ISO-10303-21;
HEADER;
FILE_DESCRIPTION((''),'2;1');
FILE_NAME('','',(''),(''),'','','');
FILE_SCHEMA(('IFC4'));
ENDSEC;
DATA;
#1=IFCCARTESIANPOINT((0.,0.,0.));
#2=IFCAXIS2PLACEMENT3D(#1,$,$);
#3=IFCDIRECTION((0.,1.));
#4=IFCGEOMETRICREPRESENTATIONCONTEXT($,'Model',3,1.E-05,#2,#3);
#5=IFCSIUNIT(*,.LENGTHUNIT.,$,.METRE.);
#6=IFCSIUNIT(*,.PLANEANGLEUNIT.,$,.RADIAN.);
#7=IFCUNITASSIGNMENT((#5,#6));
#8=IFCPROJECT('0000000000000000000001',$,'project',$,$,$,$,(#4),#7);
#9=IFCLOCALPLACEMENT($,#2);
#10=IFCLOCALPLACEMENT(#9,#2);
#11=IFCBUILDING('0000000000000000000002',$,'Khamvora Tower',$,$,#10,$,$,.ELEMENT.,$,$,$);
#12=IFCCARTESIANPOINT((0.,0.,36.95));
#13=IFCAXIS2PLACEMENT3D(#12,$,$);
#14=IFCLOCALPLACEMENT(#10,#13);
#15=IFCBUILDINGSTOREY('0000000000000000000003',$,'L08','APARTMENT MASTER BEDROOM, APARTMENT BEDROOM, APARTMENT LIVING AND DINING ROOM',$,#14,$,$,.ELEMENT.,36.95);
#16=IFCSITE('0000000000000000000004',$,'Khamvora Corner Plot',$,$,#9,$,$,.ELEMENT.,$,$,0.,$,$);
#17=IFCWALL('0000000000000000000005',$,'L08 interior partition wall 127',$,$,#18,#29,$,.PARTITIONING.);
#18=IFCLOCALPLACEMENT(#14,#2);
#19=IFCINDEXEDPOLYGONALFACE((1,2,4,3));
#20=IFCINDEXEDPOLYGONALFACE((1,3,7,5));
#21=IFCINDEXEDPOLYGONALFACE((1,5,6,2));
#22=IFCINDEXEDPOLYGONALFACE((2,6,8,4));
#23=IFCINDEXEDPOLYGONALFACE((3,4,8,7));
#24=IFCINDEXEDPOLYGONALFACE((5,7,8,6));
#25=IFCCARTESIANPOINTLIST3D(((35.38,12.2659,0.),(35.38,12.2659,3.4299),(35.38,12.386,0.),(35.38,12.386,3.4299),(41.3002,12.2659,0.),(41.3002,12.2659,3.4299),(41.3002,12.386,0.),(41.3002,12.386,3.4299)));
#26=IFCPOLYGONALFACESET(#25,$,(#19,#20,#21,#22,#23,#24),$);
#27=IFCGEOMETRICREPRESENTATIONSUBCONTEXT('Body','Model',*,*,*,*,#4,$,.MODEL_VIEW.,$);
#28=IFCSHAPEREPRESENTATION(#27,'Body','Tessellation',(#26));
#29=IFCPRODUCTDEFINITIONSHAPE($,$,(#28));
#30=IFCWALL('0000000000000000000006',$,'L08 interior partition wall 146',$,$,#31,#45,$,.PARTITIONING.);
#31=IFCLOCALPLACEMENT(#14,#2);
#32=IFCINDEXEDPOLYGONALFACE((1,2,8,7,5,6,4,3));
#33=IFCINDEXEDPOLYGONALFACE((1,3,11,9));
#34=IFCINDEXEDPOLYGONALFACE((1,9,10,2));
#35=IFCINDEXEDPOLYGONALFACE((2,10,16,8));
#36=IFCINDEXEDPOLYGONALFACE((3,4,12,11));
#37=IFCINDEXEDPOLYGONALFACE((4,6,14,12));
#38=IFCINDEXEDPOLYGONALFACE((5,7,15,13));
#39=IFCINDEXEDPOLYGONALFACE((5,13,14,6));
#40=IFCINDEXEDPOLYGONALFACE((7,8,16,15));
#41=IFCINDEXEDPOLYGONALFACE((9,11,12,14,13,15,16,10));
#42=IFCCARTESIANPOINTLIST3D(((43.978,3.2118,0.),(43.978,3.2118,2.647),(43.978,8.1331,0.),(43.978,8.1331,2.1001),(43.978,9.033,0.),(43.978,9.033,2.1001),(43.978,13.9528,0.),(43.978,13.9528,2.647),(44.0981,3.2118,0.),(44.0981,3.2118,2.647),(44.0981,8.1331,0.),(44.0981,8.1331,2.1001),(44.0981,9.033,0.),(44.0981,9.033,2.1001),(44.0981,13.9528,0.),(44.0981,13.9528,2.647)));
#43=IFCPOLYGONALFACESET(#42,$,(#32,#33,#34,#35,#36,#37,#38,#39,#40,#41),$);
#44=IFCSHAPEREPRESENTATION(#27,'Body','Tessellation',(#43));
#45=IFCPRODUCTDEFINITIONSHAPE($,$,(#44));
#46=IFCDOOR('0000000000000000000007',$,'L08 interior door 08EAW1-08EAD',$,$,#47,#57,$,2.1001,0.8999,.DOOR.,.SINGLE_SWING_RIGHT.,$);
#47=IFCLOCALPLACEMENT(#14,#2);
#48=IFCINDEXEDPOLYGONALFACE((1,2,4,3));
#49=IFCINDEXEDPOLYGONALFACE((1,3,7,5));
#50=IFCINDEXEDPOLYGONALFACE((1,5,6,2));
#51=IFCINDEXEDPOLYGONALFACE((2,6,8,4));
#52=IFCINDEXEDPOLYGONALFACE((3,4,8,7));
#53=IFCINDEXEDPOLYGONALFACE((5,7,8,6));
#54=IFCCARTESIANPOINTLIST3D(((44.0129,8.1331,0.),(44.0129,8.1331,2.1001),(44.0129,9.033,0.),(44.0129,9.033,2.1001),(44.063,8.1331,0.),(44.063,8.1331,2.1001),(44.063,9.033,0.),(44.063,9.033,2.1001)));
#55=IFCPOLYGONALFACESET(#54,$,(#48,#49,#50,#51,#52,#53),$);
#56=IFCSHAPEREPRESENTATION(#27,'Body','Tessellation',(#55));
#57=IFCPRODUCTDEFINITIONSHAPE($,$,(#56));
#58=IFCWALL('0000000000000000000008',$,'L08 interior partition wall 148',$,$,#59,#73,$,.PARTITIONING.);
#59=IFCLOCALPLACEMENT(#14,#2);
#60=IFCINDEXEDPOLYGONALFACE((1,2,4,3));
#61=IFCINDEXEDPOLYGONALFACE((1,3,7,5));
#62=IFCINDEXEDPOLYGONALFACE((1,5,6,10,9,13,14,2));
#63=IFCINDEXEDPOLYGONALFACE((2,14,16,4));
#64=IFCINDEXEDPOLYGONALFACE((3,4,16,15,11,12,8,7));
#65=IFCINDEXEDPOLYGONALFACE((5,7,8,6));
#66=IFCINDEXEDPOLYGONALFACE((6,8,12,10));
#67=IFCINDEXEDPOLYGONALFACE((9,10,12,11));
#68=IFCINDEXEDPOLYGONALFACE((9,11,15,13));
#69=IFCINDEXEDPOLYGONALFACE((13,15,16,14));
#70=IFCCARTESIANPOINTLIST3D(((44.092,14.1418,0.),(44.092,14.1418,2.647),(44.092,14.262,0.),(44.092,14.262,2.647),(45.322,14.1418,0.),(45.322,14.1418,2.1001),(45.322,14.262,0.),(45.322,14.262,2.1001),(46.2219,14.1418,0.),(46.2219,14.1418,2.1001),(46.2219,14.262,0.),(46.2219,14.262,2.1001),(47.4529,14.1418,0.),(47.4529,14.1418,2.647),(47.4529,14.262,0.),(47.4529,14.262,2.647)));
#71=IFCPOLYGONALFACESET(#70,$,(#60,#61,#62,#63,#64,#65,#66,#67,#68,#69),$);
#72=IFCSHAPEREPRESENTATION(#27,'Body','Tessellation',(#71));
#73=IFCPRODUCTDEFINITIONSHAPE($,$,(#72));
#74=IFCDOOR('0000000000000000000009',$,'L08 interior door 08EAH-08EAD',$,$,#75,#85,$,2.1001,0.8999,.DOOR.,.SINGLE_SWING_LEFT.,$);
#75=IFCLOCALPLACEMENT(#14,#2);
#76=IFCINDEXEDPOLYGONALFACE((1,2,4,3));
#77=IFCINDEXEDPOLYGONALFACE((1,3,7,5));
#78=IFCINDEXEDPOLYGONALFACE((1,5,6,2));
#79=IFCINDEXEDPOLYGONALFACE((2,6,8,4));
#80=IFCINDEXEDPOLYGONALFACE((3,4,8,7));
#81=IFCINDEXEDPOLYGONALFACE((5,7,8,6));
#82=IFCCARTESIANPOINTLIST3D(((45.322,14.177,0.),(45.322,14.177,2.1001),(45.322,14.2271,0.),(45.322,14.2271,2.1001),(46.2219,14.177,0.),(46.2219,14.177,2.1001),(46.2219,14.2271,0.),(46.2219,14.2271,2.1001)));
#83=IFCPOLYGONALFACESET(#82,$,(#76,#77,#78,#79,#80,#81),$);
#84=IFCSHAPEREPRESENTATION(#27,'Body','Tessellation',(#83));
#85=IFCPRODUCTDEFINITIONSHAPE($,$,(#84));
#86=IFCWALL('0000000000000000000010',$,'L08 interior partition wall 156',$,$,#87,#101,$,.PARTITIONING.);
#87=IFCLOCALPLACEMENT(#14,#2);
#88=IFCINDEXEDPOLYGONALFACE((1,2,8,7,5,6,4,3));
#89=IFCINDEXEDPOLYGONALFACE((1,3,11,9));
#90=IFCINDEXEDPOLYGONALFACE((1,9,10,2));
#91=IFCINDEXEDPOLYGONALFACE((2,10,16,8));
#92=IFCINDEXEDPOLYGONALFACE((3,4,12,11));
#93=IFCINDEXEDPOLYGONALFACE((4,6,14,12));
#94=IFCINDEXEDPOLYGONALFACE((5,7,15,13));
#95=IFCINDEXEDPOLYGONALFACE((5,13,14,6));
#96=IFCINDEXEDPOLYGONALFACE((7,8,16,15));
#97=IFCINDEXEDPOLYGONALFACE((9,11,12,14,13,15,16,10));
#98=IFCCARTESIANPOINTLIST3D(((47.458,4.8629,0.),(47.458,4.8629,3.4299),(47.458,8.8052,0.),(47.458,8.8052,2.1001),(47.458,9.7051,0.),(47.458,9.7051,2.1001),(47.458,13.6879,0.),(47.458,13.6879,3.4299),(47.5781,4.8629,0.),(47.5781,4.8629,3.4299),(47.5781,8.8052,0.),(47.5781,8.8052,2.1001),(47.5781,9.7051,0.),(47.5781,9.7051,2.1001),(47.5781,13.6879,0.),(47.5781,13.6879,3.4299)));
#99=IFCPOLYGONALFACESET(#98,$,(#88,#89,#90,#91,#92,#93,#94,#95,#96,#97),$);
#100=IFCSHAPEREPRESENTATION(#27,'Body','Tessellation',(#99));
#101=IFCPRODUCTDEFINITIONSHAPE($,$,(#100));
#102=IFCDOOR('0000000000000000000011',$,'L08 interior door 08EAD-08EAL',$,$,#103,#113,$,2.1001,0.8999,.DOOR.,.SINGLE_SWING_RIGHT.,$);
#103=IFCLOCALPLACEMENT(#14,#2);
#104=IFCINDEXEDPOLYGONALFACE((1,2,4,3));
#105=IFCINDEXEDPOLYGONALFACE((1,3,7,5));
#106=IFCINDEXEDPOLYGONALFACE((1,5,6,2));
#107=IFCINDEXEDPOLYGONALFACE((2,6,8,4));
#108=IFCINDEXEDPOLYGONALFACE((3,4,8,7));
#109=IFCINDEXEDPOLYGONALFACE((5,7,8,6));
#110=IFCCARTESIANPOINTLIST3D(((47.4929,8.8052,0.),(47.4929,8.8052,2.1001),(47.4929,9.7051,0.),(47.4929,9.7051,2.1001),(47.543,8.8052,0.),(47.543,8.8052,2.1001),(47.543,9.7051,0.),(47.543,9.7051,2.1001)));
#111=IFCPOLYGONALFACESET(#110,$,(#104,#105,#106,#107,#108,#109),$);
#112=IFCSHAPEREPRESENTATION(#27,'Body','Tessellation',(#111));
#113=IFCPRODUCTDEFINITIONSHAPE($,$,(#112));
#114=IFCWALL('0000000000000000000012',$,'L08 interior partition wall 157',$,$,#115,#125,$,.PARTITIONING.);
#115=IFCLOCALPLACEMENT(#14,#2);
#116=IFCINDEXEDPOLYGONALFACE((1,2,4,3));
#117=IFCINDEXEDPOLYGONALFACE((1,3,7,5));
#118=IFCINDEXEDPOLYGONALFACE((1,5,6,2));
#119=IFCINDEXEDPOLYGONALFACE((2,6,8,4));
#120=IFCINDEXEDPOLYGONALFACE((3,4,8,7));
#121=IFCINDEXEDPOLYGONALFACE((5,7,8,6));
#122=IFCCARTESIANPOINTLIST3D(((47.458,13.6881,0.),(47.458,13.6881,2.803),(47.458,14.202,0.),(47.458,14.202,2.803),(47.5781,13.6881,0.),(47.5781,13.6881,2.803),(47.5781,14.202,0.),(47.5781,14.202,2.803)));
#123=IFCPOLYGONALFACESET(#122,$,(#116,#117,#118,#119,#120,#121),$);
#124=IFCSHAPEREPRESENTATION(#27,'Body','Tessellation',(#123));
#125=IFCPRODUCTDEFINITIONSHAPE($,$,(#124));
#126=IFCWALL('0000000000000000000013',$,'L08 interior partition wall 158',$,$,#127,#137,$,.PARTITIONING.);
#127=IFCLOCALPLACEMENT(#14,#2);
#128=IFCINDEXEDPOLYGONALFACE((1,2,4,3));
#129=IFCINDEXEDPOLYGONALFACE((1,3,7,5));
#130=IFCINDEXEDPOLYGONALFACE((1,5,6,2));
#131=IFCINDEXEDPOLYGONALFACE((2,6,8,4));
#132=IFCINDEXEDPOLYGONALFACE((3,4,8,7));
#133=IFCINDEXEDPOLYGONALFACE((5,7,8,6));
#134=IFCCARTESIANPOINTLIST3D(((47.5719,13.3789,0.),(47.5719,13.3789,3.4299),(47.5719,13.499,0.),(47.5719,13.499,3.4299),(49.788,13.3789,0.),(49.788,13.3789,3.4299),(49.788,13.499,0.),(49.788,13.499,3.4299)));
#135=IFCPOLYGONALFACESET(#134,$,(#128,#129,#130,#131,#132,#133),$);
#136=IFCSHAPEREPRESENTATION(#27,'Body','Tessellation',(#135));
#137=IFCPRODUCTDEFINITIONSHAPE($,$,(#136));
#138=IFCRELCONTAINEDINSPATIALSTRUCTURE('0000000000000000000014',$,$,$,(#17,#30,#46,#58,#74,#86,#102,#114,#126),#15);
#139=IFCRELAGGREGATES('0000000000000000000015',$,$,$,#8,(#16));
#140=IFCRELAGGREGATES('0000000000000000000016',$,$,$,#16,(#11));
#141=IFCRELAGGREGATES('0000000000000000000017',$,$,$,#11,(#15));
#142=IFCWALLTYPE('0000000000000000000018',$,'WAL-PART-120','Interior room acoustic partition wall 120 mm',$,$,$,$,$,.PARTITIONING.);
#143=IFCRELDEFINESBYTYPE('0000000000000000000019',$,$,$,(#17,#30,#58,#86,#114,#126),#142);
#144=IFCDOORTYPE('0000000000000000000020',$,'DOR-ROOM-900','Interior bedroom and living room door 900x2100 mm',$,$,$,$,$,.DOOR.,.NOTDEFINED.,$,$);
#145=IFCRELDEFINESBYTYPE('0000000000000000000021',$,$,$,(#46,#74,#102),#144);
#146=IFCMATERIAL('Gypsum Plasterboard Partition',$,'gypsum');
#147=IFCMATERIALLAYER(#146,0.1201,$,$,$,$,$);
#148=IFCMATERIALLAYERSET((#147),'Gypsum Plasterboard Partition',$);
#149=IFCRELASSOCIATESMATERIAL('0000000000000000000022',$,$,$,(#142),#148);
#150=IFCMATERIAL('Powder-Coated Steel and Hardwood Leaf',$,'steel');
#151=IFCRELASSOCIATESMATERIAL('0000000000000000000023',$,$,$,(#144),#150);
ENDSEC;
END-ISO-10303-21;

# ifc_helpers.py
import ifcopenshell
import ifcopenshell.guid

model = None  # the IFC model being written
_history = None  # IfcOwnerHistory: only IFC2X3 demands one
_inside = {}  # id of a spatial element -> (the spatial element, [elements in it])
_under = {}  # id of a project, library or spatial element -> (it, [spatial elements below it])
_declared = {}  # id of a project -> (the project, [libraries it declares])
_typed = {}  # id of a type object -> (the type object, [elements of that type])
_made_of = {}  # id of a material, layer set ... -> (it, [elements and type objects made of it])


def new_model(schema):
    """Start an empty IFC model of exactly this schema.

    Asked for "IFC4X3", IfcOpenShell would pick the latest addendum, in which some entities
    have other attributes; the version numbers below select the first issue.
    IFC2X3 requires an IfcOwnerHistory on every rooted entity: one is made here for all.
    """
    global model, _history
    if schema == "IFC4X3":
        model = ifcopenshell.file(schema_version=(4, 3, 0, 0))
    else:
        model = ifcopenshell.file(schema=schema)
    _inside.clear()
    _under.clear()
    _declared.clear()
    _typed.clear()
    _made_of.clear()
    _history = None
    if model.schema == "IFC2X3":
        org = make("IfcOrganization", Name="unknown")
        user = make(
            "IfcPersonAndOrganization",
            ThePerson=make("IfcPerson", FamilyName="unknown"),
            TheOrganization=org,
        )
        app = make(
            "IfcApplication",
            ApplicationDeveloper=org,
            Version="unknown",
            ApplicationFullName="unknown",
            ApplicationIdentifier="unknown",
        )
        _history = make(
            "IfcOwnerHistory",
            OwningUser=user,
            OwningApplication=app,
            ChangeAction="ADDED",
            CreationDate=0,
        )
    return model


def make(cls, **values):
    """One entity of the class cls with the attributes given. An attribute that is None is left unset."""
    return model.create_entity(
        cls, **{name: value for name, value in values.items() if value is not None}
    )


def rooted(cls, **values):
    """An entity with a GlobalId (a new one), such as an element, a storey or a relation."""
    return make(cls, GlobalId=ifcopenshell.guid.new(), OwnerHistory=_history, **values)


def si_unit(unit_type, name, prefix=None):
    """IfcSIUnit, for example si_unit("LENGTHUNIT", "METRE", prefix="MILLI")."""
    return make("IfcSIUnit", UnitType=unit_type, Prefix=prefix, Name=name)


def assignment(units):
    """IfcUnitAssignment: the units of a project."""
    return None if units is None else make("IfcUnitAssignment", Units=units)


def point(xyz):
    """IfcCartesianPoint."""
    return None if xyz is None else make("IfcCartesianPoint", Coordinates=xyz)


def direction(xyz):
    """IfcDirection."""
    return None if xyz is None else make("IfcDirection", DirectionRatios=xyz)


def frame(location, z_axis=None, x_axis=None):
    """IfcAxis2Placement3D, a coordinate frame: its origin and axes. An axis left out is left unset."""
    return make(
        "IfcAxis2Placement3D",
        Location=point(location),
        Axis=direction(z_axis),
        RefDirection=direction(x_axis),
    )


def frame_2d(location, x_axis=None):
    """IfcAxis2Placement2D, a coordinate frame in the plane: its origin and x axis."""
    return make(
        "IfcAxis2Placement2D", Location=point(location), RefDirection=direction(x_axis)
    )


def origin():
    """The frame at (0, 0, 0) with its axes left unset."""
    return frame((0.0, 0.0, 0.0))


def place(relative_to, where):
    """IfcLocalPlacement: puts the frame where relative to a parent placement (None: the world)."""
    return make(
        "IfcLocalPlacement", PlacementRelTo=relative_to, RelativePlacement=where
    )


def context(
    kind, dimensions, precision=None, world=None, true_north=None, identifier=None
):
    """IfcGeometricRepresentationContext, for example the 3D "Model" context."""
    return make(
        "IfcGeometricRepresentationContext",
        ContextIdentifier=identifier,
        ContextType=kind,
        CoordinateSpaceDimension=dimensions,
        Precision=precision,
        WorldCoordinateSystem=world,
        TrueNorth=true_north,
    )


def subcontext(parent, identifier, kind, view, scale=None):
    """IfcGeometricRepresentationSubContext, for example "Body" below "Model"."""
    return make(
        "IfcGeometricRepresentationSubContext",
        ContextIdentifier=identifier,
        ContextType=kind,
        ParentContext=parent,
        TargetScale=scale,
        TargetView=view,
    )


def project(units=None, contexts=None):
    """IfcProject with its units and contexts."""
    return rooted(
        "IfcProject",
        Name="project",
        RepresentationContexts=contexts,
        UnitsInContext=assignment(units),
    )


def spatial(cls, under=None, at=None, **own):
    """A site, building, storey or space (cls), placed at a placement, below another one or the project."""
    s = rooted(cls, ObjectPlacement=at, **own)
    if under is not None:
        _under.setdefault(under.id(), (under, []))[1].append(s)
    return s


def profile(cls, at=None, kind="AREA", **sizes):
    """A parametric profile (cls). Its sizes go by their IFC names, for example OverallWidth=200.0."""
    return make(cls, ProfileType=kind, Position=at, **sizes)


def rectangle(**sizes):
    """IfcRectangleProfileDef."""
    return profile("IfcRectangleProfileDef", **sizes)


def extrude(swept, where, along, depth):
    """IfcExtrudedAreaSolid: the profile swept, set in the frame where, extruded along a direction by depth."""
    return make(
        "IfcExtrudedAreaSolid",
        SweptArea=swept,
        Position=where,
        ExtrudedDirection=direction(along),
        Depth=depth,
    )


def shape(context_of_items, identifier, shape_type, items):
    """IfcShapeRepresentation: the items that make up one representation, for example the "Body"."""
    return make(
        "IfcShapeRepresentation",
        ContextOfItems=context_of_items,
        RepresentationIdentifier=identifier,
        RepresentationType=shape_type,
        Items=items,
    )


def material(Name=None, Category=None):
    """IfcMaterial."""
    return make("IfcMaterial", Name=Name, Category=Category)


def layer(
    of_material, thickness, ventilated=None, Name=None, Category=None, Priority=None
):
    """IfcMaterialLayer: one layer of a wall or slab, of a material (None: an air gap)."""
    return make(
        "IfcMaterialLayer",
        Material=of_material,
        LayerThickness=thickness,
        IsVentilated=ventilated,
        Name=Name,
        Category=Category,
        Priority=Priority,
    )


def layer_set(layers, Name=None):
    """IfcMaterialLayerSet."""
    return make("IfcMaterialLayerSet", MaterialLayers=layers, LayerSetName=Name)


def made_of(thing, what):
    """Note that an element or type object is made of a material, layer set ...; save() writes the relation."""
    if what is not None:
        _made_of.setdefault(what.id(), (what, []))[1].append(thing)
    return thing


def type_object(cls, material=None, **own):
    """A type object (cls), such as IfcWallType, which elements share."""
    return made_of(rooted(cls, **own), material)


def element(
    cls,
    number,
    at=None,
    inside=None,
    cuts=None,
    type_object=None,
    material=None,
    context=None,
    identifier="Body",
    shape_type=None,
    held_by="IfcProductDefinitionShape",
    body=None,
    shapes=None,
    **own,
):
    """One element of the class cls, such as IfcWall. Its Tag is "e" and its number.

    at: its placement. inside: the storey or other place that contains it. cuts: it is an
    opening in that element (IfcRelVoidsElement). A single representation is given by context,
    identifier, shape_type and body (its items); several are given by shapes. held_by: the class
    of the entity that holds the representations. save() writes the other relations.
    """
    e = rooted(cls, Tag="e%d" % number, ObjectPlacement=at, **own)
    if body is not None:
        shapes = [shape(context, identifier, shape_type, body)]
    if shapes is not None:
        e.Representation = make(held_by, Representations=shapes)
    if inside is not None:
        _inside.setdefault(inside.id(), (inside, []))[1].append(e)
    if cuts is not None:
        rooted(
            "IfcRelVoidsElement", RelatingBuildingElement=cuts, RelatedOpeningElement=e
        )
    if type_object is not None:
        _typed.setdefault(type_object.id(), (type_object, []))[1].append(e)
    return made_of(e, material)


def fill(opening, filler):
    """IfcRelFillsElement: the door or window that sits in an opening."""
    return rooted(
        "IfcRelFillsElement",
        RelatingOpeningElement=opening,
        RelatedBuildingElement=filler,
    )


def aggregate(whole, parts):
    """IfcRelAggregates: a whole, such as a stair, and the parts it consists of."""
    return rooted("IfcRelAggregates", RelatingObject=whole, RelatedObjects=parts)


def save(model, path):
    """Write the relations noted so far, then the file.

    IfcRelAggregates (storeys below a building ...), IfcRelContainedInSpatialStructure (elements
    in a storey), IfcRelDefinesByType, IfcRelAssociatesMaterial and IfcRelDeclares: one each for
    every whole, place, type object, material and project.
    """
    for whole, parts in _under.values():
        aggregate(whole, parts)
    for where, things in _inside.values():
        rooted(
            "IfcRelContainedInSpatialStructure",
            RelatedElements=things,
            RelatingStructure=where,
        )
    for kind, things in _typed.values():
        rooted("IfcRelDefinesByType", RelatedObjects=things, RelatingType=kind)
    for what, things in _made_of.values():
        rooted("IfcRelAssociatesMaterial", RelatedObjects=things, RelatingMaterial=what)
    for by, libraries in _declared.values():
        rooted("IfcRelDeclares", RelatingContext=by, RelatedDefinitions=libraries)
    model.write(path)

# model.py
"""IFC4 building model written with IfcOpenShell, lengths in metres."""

from ifc_helpers import new_model, si_unit, direction, frame, frame_2d, origin, place, context, subcontext, project, spatial, rectangle, extrude, material, layer, layer_set, type_object, element, fill, save


model = new_model("IFC4")

# Units and contexts
model_context = context("Model", 3, precision=1e-05, world=origin(), true_north=direction((0.0, 1.0)))
body_context = subcontext(model_context, "Body", "Model", "MODEL_VIEW")
ifc_project = project(units=[si_unit("LENGTHUNIT", "METRE"), si_unit("PLANEANGLEUNIT", "RADIAN")], contexts=[model_context])

# Site, building, storey
site_placement = place(None, origin())
site = spatial("IfcSite", under=ifc_project, at=site_placement, Name="Khamvora Corner Plot", CompositionType="ELEMENT", RefElevation=0.0)
building_placement = place(site_placement, origin())
building = spatial("IfcBuilding", under=site, at=building_placement, Name="Khamvora Tower", CompositionType="ELEMENT")
storey_placement = place(building_placement, frame((0.0, 0.0, 36.95)))
storey = spatial("IfcBuildingStorey", under=building, at=storey_placement, Name="L08", Description="APARTMENT MASTER BEDROOM, APARTMENT BEDROOM, APARTMENT LIVING AND DINING ROOM", CompositionType="ELEMENT", Elevation=36.95)

# Wall
ifc_material_1 = material(Name="Gypsum Plasterboard Partition", Category="gypsum")
ifc_layer_1 = layer(ifc_material_1, 0.1201)
ifc_layer_set_1 = layer_set([ifc_layer_1], Name="Gypsum Plasterboard Partition")
wall_type_1 = type_object("IfcWallType", Name="WAL-PART-120", Description="Interior room acoustic partition wall 120 mm", PredefinedType="PARTITIONING", material=ifc_layer_set_1)
wall_1_placement = place(storey_placement, frame((41.3, 12.3259, 0.0), z_axis=(0.0, 0.0, 1.0), x_axis=(-1.0, 0.0, 0.0)))
element("IfcWall", 1, at=wall_1_placement, inside=storey, type_object=wall_type_1, Name="L08 interior partition wall 127", PredefinedType="PARTITIONING", context=body_context, shape_type="SweptSolid", body=[
    extrude(rectangle(XDim=5.9202, YDim=0.1201, at=frame_2d((2.96, 0.0))), origin(), (0.0, 0.0, 1.0), 3.4299),
])

# Walls, openings, doors
wall_2_placement = place(storey_placement, frame((44.0381, 13.9529, 0.0), z_axis=(0.0, 0.0, 1.0), x_axis=(0.0, -1.0, 0.0)))
wall_2 = element("IfcWall", 2, at=wall_2_placement, inside=storey, type_object=wall_type_1, Name="L08 interior partition wall 146", PredefinedType="PARTITIONING", context=body_context, shape_type="SweptSolid", body=[
    extrude(rectangle(XDim=10.741, YDim=0.1201, at=frame_2d((5.3706, 0.0))), origin(), (0.0, 0.0, 1.0), 2.647),
])
opening_1_placement = place(wall_2_placement, frame((4.9199, 0.0, 0.0)))
opening_1 = element("IfcOpeningElement", 3, at=opening_1_placement, cuts=wall_2, PredefinedType="OPENING", context=body_context, shape_type="SweptSolid", body=[
    extrude(rectangle(XDim=0.8999, YDim=2.1001, at=frame_2d((0.45, 1.05))), frame((0.0, 0.0701, 0.0), z_axis=(0.0, -1.0, 0.0), x_axis=(1.0, 0.0, 0.0)), (0.0, 0.0, 1.0), 0.1401),
])
ifc_material_2 = material(Name="Powder-Coated Steel and Hardwood Leaf", Category="steel")
door_type = type_object("IfcDoorType", Name="DOR-ROOM-900", Description="Interior bedroom and living room door 900x2100 mm", OperationType="NOTDEFINED", PredefinedType="DOOR", material=ifc_material_2)
door_1_placement = place(opening_1_placement, origin())
door_1 = element("IfcDoor", 4, at=door_1_placement, inside=storey, type_object=door_type, Name="L08 interior door 08EAW1-08EAD", OperationType="SINGLE_SWING_RIGHT", OverallHeight=2.1001, OverallWidth=0.8999, PredefinedType="DOOR", context=body_context, shape_type="SweptSolid", body=[
    extrude(rectangle(XDim=0.8999, YDim=2.1001, at=frame_2d((0.45, 1.05))), frame((0.0, 0.0249, 0.0), z_axis=(0.0, -1.0, 0.0), x_axis=(1.0, 0.0, 0.0)), (0.0, 0.0, 1.0), 0.05),
])
fill(opening_1, door_1)
wall_3_placement = place(storey_placement, frame((47.4529, 14.2019, 0.0), z_axis=(0.0, 0.0, 1.0), x_axis=(-1.0, 0.0, 0.0)))
wall_3 = element("IfcWall", 5, at=wall_3_placement, inside=storey, type_object=wall_type_1, Name="L08 interior partition wall 148", PredefinedType="PARTITIONING", context=body_context, shape_type="SweptSolid", body=[
    extrude(rectangle(XDim=3.3608, YDim=0.1201, at=frame_2d((1.6804, 0.0))), origin(), (0.0, 0.0, 1.0), 2.647),
])
opening_2_placement = place(wall_3_placement, frame((1.231, 0.0, 0.0)))
opening_2 = element("IfcOpeningElement", 6, at=opening_2_placement, cuts=wall_3, PredefinedType="OPENING", context=body_context, shape_type="SweptSolid", body=[
    extrude(rectangle(XDim=0.8999, YDim=2.1001, at=frame_2d((0.45, 1.05))), frame((0.0, 0.0701, 0.0), z_axis=(0.0, -1.0, 0.0), x_axis=(1.0, 0.0, 0.0)), (0.0, 0.0, 1.0), 0.1401),
])
door_2_placement = place(opening_2_placement, origin())
door_2 = element("IfcDoor", 7, at=door_2_placement, inside=storey, type_object=door_type, Name="L08 interior door 08EAH-08EAD", OperationType="SINGLE_SWING_LEFT", OverallHeight=2.1001, OverallWidth=0.8999, PredefinedType="DOOR", context=body_context, shape_type="SweptSolid", body=[
    extrude(rectangle(XDim=0.8999, YDim=2.1001, at=frame_2d((0.45, 1.05))), frame((0.0, 0.0249, 0.0), z_axis=(0.0, -1.0, 0.0), x_axis=(1.0, 0.0, 0.0)), (0.0, 0.0, 1.0), 0.05),
])
fill(opening_2, door_2)
wall_4_placement = place(storey_placement, frame((47.5181, 13.688, 0.0), z_axis=(0.0, 0.0, 1.0), x_axis=(0.0, -1.0, 0.0)))
wall_4 = element("IfcWall", 8, at=wall_4_placement, inside=storey, type_object=wall_type_1, Name="L08 interior partition wall 156", PredefinedType="PARTITIONING", context=body_context, shape_type="SweptSolid", body=[
    extrude(rectangle(XDim=8.825, YDim=0.1201, at=frame_2d((4.4126, 0.0))), origin(), (0.0, 0.0, 1.0), 3.4299),
])
opening_3_placement = place(wall_4_placement, frame((3.9829, 0.0, 0.0)))
opening_3 = element("IfcOpeningElement", 9, at=opening_3_placement, cuts=wall_4, PredefinedType="OPENING", context=body_context, shape_type="SweptSolid", body=[
    extrude(rectangle(XDim=0.8999, YDim=2.1001, at=frame_2d((0.45, 1.05))), frame((0.0, 0.0701, 0.0), z_axis=(0.0, -1.0, 0.0), x_axis=(1.0, 0.0, 0.0)), (0.0, 0.0, 1.0), 0.1401),
])
door_3_placement = place(opening_3_placement, origin())
door_3 = element("IfcDoor", 10, at=door_3_placement, inside=storey, type_object=door_type, Name="L08 interior door 08EAD-08EAL", OperationType="SINGLE_SWING_RIGHT", OverallHeight=2.1001, OverallWidth=0.8999, PredefinedType="DOOR", context=body_context, shape_type="SweptSolid", body=[
    extrude(rectangle(XDim=0.8999, YDim=2.1001, at=frame_2d((0.45, 1.05))), frame((0.0, 0.0249, 0.0), z_axis=(0.0, -1.0, 0.0), x_axis=(1.0, 0.0, 0.0)), (0.0, 0.0, 1.0), 0.05),
])
fill(opening_3, door_3)

# Walls
wall_5_placement = place(storey_placement, frame((47.5181, 14.2019, 0.0), z_axis=(0.0, 0.0, 1.0), x_axis=(0.0, -1.0, 0.0)))
element("IfcWall", 11, at=wall_5_placement, inside=storey, type_object=wall_type_1, Name="L08 interior partition wall 157", PredefinedType="PARTITIONING", context=body_context, shape_type="SweptSolid", body=[
    extrude(rectangle(XDim=0.5139, YDim=0.1201, at=frame_2d((0.2568, 0.0))), origin(), (0.0, 0.0, 1.0), 2.803),
])
wall_6_placement = place(storey_placement, frame((47.572, 13.439, 0.0), z_axis=(0.0, 0.0, 1.0), x_axis=(1.0, 0.0, 0.0)))
element("IfcWall", 12, at=wall_6_placement, inside=storey, type_object=wall_type_1, Name="L08 interior partition wall 158", PredefinedType="PARTITIONING", context=body_context, shape_type="SweptSolid", body=[
    extrude(rectangle(XDim=2.2161, YDim=0.1201, at=frame_2d((1.1079, 0.0))), origin(), (0.0, 0.0, 1.0), 3.4299),
])

save(model, "model.ifc")
